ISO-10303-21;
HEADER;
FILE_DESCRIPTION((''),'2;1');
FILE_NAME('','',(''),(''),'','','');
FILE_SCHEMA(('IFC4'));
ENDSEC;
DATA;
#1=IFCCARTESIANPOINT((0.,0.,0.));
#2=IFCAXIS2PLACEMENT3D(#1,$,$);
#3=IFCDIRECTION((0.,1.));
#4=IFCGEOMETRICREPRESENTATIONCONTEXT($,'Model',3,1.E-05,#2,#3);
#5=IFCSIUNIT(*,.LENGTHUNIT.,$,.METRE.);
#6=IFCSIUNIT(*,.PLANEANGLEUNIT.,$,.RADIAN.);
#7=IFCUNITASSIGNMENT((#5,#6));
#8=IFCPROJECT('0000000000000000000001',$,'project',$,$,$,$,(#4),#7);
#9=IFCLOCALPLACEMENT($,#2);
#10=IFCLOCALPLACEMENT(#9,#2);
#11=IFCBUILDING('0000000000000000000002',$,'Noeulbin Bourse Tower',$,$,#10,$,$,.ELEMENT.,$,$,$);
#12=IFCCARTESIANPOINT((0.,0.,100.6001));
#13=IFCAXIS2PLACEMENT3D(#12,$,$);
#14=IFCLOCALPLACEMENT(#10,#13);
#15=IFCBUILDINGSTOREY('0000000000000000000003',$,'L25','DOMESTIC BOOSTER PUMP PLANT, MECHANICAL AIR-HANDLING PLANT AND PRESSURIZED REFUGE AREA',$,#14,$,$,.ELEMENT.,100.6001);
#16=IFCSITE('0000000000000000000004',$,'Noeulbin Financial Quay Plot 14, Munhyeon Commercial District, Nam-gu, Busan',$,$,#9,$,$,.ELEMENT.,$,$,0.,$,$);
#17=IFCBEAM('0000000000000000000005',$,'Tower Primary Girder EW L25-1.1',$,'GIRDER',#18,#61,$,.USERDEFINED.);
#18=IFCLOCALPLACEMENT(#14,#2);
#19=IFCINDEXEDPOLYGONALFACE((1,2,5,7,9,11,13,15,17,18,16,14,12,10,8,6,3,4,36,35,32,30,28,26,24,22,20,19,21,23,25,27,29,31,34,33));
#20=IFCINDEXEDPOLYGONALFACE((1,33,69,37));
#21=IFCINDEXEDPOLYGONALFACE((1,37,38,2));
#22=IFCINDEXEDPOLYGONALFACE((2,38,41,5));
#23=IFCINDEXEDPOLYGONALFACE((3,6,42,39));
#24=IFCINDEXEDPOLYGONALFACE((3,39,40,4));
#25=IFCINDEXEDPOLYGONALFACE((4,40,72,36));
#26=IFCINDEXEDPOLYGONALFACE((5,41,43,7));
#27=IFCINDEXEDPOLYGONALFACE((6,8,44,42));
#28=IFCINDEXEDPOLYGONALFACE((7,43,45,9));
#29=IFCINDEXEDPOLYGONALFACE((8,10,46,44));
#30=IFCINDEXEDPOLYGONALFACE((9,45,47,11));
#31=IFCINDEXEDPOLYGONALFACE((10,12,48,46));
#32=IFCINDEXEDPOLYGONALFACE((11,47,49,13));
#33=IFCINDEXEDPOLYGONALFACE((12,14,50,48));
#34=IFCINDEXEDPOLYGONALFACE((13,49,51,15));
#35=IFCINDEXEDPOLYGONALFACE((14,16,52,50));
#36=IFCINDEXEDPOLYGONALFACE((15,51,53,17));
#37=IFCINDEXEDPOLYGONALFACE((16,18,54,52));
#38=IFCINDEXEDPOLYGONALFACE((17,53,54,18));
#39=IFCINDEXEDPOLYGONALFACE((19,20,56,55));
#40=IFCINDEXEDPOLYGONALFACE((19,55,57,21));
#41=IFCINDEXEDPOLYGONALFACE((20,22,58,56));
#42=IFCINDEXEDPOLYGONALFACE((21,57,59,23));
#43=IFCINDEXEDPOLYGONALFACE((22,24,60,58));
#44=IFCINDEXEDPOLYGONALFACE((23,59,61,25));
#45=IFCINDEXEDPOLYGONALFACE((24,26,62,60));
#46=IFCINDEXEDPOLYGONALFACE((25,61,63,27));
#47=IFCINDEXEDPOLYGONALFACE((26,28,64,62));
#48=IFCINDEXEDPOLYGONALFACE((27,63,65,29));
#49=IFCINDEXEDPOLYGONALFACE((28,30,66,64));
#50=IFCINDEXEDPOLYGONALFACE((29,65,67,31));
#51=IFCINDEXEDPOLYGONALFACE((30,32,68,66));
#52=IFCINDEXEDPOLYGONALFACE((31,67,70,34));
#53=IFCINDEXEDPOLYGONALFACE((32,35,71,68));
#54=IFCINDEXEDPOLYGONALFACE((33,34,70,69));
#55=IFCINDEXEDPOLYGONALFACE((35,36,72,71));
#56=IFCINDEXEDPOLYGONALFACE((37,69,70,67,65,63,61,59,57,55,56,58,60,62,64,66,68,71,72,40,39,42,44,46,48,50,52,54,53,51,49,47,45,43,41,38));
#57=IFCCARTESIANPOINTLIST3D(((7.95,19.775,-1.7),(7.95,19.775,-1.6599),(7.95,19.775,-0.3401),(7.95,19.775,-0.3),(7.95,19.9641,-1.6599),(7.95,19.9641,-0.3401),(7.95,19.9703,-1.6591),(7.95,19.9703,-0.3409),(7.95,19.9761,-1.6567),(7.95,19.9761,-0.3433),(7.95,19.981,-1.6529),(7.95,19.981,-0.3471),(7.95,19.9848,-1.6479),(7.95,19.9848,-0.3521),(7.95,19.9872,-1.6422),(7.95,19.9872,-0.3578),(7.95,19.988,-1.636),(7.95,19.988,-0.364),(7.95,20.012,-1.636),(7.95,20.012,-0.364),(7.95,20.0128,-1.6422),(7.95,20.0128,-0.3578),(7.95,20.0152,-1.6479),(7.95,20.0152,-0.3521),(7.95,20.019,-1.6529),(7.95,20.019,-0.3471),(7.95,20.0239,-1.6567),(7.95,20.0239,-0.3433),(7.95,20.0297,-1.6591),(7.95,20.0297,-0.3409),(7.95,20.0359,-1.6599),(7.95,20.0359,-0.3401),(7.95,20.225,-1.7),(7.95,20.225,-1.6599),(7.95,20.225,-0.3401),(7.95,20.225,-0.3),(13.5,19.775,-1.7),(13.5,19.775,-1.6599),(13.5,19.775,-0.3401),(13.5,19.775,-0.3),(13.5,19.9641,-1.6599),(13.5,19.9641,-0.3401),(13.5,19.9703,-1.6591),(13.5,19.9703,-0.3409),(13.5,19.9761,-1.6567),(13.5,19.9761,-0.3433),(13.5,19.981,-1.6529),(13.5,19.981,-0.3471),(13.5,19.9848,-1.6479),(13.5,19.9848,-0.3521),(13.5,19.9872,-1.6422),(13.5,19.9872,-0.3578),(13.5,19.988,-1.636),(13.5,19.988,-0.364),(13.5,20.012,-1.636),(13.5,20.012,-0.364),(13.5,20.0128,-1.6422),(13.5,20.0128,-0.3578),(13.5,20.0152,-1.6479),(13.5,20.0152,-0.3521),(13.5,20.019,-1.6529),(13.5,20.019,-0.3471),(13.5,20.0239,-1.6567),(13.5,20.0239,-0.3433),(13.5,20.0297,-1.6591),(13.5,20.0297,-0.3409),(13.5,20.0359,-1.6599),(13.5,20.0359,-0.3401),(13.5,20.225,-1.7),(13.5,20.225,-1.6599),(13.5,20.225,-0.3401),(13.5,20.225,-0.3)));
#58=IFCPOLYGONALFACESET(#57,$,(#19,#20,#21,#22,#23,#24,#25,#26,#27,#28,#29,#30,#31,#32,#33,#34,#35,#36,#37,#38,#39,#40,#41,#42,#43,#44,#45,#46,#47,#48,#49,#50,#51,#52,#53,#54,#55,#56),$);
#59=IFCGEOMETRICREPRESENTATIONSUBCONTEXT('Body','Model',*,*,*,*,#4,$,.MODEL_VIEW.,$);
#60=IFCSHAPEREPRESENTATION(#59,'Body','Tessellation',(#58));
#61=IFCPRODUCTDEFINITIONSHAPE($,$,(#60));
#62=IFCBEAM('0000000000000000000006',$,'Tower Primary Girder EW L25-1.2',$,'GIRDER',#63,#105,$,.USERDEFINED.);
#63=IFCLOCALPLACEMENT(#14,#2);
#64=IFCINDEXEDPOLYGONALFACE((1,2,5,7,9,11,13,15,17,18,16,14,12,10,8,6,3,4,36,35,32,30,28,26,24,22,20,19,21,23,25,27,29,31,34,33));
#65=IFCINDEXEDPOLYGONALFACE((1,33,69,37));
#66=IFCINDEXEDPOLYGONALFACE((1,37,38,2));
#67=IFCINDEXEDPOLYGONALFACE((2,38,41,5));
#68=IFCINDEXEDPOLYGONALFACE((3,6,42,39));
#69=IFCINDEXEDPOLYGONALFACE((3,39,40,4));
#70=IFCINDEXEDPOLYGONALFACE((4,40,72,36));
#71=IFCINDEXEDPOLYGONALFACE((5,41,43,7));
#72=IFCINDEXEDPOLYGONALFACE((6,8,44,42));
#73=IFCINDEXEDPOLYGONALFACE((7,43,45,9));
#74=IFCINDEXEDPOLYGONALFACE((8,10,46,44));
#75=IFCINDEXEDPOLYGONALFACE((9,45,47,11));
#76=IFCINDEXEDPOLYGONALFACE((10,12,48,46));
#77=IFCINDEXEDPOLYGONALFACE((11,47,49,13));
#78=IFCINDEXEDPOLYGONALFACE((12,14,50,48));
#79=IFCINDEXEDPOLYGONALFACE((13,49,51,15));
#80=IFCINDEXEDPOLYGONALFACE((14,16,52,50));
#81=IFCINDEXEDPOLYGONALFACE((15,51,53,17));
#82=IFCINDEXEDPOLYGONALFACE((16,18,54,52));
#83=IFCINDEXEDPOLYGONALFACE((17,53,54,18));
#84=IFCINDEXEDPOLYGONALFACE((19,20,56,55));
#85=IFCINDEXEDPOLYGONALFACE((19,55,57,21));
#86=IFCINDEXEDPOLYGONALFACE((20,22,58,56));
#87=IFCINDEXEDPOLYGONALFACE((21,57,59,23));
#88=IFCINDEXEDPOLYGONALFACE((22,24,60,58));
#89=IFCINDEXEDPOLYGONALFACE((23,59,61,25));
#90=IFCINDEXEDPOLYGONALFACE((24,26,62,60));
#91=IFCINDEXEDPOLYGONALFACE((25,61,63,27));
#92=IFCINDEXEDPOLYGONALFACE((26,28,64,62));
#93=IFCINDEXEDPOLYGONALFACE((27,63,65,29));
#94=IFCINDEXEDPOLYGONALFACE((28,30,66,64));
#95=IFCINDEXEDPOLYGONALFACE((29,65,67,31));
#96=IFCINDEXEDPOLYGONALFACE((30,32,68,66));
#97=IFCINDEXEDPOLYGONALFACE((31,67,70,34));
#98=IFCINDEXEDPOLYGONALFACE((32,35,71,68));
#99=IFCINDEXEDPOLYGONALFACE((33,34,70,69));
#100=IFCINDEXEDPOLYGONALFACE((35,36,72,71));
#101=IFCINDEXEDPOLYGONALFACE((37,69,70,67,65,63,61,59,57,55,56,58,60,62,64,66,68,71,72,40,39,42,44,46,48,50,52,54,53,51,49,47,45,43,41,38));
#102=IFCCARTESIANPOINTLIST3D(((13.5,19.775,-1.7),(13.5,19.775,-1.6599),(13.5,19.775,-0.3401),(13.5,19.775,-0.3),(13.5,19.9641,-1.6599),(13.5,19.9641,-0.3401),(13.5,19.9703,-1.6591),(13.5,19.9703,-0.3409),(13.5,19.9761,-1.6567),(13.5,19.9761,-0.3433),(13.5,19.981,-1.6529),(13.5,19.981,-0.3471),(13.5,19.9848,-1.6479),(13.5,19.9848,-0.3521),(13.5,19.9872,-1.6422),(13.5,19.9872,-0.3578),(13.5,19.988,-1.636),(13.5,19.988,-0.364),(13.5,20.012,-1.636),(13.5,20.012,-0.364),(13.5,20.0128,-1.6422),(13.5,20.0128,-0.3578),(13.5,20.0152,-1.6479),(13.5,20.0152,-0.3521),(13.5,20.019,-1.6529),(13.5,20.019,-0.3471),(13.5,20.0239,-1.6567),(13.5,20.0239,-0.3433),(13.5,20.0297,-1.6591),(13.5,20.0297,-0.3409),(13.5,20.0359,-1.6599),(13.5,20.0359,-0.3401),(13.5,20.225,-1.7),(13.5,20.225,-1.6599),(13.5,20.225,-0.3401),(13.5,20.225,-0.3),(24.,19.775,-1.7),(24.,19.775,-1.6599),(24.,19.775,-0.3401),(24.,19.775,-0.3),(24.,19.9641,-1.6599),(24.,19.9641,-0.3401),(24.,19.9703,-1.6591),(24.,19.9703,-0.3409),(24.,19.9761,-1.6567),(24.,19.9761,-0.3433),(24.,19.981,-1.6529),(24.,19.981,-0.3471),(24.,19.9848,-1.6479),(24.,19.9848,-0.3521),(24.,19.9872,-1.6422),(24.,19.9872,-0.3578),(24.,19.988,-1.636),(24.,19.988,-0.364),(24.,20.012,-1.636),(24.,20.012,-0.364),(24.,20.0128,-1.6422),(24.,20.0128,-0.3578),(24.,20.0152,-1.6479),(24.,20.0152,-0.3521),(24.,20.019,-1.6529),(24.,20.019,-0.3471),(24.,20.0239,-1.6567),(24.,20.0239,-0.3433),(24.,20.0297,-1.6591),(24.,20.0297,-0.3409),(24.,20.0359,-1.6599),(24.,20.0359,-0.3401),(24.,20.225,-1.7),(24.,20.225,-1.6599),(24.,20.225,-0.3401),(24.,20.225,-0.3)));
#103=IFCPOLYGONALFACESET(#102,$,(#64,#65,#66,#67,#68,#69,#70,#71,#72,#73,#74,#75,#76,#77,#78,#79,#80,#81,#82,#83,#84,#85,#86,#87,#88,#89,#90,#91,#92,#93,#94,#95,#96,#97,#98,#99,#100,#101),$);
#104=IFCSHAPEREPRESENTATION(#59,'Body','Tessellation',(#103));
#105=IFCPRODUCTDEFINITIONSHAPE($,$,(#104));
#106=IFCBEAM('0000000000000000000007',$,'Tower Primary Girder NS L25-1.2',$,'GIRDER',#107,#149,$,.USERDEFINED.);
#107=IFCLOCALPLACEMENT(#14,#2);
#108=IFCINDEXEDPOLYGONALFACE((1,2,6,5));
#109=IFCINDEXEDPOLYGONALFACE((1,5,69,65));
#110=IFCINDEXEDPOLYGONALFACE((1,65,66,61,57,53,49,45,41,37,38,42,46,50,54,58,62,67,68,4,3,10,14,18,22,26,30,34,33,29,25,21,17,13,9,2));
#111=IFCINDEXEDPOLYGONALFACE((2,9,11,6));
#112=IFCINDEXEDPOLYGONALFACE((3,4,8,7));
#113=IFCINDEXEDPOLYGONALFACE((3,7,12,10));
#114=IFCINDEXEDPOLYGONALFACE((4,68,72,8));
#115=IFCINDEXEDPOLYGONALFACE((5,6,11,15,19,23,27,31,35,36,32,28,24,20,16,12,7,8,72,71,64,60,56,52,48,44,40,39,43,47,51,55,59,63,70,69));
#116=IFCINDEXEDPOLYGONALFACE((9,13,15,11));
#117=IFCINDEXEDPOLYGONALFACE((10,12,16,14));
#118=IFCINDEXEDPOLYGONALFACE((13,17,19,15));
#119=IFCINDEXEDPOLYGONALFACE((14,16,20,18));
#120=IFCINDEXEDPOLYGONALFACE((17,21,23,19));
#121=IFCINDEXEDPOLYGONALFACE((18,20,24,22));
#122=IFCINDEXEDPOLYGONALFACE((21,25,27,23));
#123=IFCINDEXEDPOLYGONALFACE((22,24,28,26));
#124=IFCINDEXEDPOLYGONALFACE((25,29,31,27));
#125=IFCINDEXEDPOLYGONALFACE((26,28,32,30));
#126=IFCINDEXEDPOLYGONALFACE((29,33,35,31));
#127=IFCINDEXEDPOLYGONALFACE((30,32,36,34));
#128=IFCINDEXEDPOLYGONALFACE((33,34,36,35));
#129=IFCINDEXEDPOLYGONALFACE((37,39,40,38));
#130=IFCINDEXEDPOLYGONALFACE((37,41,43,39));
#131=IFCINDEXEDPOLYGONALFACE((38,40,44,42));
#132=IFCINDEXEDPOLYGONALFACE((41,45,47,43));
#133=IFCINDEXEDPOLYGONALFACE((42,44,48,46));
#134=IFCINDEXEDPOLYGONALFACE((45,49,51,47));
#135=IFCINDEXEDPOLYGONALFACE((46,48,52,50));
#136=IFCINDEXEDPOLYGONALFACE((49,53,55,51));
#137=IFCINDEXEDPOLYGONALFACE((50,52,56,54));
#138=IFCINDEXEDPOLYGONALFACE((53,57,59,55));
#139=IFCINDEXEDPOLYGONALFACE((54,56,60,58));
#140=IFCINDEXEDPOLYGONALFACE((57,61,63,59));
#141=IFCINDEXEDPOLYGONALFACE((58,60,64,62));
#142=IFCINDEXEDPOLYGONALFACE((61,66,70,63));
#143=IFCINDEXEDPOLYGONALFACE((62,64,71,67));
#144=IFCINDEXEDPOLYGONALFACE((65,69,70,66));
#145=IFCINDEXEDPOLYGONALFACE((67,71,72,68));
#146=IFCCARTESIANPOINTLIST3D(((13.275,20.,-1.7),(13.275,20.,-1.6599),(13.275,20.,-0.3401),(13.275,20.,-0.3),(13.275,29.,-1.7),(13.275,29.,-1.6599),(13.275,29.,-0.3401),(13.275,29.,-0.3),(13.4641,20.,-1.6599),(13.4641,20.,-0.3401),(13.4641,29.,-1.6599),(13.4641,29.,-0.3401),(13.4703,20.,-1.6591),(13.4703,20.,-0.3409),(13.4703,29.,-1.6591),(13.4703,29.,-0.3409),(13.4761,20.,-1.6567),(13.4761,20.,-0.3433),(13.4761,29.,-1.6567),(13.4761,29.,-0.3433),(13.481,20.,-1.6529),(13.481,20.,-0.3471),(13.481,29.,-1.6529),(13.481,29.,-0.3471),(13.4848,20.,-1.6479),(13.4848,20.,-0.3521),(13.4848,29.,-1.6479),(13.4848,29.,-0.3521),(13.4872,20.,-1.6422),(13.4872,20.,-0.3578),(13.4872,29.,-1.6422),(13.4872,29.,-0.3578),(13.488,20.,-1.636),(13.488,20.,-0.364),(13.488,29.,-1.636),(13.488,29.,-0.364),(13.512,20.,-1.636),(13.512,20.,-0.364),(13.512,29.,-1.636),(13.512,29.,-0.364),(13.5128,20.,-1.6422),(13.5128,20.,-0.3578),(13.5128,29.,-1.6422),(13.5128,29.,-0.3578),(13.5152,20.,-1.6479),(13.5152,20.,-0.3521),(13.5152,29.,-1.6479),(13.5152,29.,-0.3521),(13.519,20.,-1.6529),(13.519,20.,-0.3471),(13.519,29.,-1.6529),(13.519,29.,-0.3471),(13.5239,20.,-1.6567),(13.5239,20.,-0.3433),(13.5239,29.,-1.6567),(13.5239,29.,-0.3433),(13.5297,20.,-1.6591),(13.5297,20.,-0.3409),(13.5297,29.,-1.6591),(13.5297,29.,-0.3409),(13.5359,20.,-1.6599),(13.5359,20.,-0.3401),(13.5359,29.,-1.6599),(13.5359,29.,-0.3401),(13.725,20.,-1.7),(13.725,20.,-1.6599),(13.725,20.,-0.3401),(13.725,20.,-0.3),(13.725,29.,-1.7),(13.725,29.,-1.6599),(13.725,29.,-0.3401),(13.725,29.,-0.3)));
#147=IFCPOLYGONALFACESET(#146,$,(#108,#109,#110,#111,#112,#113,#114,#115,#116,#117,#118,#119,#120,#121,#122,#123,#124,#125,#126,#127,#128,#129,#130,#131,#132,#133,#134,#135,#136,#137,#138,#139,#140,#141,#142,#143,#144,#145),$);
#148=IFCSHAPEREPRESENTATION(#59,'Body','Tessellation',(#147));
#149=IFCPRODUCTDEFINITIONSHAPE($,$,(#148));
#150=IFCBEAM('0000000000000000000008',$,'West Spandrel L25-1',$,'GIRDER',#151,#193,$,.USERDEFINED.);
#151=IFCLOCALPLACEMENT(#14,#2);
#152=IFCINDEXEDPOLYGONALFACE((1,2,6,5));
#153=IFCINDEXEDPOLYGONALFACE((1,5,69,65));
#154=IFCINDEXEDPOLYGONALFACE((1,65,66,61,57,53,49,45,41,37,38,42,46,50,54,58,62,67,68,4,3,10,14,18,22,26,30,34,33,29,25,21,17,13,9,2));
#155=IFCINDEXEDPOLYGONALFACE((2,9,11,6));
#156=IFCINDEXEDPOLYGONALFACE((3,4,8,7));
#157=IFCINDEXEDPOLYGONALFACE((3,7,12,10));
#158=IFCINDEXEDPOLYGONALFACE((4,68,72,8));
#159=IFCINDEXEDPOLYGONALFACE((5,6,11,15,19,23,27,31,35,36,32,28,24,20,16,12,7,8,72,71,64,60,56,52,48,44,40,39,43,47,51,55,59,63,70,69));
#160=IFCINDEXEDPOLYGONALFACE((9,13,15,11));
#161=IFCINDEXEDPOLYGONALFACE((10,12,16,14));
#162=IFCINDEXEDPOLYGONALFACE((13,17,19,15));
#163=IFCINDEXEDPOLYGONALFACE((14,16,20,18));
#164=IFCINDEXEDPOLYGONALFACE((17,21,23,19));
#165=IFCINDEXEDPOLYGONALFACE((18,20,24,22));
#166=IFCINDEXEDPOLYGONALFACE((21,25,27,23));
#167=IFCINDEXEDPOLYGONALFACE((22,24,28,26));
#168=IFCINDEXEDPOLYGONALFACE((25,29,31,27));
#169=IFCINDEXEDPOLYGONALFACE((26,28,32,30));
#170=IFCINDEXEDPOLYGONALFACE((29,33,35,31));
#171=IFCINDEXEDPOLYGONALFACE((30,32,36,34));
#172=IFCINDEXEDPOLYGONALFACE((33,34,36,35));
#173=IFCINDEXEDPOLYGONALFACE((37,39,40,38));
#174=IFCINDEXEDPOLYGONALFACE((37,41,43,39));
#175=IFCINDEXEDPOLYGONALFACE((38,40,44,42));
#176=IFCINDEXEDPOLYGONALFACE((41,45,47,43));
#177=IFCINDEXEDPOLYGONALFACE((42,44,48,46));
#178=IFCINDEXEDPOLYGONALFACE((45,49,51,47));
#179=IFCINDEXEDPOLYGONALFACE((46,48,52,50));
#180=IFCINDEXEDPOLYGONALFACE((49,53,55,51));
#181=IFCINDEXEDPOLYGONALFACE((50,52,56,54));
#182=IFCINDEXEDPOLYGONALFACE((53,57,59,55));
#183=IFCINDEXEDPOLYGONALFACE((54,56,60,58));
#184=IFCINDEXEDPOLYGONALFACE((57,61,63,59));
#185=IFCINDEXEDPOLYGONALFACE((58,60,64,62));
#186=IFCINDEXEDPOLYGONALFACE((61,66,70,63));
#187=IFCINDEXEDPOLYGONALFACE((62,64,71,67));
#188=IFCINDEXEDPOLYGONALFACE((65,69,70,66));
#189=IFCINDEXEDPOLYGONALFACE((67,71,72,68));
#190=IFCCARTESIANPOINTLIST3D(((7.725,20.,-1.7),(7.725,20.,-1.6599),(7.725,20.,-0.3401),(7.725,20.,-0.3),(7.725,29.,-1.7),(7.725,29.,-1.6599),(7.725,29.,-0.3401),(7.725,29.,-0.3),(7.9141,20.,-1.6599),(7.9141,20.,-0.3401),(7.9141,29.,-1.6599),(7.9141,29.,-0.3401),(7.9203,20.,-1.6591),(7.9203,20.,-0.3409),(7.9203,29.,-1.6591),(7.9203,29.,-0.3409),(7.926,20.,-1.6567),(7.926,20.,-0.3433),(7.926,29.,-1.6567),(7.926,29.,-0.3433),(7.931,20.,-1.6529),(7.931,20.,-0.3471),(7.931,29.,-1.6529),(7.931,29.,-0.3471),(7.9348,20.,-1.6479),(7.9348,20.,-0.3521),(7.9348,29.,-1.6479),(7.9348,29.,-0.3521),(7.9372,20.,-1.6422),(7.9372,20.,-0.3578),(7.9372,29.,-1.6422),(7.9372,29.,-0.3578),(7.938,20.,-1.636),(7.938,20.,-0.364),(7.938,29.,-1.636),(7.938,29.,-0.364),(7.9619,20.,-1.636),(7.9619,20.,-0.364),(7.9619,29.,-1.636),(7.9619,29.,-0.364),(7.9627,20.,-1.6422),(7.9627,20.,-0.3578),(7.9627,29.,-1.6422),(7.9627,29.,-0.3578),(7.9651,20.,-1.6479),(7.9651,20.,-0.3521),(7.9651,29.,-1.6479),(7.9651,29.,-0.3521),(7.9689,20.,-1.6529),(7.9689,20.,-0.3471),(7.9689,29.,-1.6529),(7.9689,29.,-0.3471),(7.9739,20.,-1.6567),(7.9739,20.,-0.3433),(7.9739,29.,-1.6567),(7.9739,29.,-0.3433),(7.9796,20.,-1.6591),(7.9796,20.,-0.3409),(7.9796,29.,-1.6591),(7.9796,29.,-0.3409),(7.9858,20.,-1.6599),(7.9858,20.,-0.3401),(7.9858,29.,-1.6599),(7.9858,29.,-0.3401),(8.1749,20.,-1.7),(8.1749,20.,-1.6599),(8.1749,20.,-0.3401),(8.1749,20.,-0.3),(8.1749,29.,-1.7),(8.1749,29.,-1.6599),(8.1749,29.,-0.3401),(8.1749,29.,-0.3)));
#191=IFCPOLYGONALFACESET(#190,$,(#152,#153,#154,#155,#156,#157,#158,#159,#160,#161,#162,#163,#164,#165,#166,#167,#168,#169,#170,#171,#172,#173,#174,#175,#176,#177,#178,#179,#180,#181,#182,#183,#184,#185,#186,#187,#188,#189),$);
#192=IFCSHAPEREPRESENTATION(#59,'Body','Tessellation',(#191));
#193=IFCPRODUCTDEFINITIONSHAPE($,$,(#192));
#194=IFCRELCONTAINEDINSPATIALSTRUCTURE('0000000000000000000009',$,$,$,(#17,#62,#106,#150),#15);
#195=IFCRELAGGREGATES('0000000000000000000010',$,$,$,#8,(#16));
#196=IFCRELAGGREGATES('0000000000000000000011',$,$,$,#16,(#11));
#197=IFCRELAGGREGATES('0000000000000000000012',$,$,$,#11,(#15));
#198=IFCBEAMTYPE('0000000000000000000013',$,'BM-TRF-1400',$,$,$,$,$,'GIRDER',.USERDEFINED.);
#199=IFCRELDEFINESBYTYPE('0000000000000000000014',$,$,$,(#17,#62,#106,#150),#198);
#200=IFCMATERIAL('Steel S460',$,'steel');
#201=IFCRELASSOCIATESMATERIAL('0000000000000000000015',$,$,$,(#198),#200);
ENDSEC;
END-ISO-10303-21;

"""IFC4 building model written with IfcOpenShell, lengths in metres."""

from ifc_helpers import new_model, si_unit, direction, frame, origin, origin_2d, place, context, subcontext, project, spatial, i_section, extrude, material, material_profile, profile_set, type_object, element, save


model = new_model("IFC4")

# Units and contexts
model_context = context("Model", 3, precision=1e-05, world=origin(), true_north=direction((0.0, 1.0)))
body_context = subcontext(model_context, "Body", "Model", "MODEL_VIEW")
ifc_project = project(units=[si_unit("LENGTHUNIT", "METRE"), si_unit("PLANEANGLEUNIT", "RADIAN")], contexts=[model_context])

# Site, building, storey
site_placement = place(None, origin())
site = spatial("IfcSite", under=ifc_project, at=site_placement, Name="Noeulbin Financial Quay Plot 14, Munhyeon Commercial District, Nam-gu, Busan", CompositionType="ELEMENT", RefElevation=0.0)
building_placement = place(site_placement, origin())
building = spatial("IfcBuilding", under=site, at=building_placement, Name="Noeulbin Bourse Tower", CompositionType="ELEMENT")
storey_placement = place(building_placement, frame((0.0, 0.0, 100.6001)))
storey = spatial("IfcBuildingStorey", under=building, at=storey_placement, Name="L25", Description="DOMESTIC BOOSTER PUMP PLANT, MECHANICAL AIR-HANDLING PLANT AND PRESSURIZED REFUGE AREA", CompositionType="ELEMENT", Elevation=100.6001)

# Shared definitions
ifc_material_1 = material(Name="Steel S460", Category="steel")

# Beams
ifc_material_profile_1 = material_profile(ifc_material_1, i_section(OverallWidth=0.45, OverallDepth=1.3999, WebThickness=0.0239, FlangeThickness=0.04, FilletRadius=0.0239, at=origin_2d()), Name="PG-1400x450x24x40", Category="LoadBearing")
ifc_profile_set_1 = profile_set([ifc_material_profile_1], Name="Steel S460")
beam_type_1 = type_object("IfcBeamType", Name="BM-TRF-1400", ElementType="GIRDER", PredefinedType="USERDEFINED", material=ifc_profile_set_1)
beam_1_placement = place(storey_placement, frame((7.95, 20.0, -1.0), z_axis=(1.0, 0.0, 0.0), x_axis=(0.0, 1.0, 0.0)))
element("IfcBeam", 1, at=beam_1_placement, inside=storey, type_object=beam_type_1, Name="Tower Primary Girder EW L25-1.1", ObjectType="GIRDER", PredefinedType="USERDEFINED", context=body_context, shape_type="SweptSolid", body=[
    extrude(i_section(OverallWidth=0.45, OverallDepth=1.3999, WebThickness=0.0239, FlangeThickness=0.04, FilletRadius=0.0239, at=origin_2d()), origin(), (0.0, 0.0, 1.0), 5.55),
])
beam_2_placement = place(storey_placement, frame((13.5, 20.0, -1.0), z_axis=(1.0, 0.0, 0.0), x_axis=(0.0, 1.0, 0.0)))
element("IfcBeam", 2, at=beam_2_placement, inside=storey, type_object=beam_type_1, Name="Tower Primary Girder EW L25-1.2", ObjectType="GIRDER", PredefinedType="USERDEFINED", context=body_context, shape_type="SweptSolid", body=[
    extrude(i_section(OverallWidth=0.45, OverallDepth=1.3999, WebThickness=0.0239, FlangeThickness=0.04, FilletRadius=0.0239, at=origin_2d()), origin(), (0.0, 0.0, 1.0), 10.5),
])
for number, where, z_axis, x_axis, name in (
    (3, (13.5, 20.0, -1.0), (0.0, 1.0, 0.0), (-1.0, 0.0, 0.0), "Tower Primary Girder NS L25-1.2"),
    (4, (7.95, 20.0, -1.0), (0.0, 1.0, 0.0), (-1.0, 0.0, 0.0), "West Spandrel L25-1"),
):
    element("IfcBeam", number, at=place(storey_placement, frame(where, z_axis=z_axis, x_axis=x_axis)), inside=storey, type_object=beam_type_1, Name=name, ObjectType="GIRDER", PredefinedType="USERDEFINED", context=body_context, shape_type="SweptSolid", body=[
        extrude(i_section(OverallWidth=0.45, OverallDepth=1.3999, WebThickness=0.0239, FlangeThickness=0.04, FilletRadius=0.0239, at=origin_2d()), origin(), (0.0, 0.0, 1.0), 9.0),
    ])

save(model, "model.ifc")
